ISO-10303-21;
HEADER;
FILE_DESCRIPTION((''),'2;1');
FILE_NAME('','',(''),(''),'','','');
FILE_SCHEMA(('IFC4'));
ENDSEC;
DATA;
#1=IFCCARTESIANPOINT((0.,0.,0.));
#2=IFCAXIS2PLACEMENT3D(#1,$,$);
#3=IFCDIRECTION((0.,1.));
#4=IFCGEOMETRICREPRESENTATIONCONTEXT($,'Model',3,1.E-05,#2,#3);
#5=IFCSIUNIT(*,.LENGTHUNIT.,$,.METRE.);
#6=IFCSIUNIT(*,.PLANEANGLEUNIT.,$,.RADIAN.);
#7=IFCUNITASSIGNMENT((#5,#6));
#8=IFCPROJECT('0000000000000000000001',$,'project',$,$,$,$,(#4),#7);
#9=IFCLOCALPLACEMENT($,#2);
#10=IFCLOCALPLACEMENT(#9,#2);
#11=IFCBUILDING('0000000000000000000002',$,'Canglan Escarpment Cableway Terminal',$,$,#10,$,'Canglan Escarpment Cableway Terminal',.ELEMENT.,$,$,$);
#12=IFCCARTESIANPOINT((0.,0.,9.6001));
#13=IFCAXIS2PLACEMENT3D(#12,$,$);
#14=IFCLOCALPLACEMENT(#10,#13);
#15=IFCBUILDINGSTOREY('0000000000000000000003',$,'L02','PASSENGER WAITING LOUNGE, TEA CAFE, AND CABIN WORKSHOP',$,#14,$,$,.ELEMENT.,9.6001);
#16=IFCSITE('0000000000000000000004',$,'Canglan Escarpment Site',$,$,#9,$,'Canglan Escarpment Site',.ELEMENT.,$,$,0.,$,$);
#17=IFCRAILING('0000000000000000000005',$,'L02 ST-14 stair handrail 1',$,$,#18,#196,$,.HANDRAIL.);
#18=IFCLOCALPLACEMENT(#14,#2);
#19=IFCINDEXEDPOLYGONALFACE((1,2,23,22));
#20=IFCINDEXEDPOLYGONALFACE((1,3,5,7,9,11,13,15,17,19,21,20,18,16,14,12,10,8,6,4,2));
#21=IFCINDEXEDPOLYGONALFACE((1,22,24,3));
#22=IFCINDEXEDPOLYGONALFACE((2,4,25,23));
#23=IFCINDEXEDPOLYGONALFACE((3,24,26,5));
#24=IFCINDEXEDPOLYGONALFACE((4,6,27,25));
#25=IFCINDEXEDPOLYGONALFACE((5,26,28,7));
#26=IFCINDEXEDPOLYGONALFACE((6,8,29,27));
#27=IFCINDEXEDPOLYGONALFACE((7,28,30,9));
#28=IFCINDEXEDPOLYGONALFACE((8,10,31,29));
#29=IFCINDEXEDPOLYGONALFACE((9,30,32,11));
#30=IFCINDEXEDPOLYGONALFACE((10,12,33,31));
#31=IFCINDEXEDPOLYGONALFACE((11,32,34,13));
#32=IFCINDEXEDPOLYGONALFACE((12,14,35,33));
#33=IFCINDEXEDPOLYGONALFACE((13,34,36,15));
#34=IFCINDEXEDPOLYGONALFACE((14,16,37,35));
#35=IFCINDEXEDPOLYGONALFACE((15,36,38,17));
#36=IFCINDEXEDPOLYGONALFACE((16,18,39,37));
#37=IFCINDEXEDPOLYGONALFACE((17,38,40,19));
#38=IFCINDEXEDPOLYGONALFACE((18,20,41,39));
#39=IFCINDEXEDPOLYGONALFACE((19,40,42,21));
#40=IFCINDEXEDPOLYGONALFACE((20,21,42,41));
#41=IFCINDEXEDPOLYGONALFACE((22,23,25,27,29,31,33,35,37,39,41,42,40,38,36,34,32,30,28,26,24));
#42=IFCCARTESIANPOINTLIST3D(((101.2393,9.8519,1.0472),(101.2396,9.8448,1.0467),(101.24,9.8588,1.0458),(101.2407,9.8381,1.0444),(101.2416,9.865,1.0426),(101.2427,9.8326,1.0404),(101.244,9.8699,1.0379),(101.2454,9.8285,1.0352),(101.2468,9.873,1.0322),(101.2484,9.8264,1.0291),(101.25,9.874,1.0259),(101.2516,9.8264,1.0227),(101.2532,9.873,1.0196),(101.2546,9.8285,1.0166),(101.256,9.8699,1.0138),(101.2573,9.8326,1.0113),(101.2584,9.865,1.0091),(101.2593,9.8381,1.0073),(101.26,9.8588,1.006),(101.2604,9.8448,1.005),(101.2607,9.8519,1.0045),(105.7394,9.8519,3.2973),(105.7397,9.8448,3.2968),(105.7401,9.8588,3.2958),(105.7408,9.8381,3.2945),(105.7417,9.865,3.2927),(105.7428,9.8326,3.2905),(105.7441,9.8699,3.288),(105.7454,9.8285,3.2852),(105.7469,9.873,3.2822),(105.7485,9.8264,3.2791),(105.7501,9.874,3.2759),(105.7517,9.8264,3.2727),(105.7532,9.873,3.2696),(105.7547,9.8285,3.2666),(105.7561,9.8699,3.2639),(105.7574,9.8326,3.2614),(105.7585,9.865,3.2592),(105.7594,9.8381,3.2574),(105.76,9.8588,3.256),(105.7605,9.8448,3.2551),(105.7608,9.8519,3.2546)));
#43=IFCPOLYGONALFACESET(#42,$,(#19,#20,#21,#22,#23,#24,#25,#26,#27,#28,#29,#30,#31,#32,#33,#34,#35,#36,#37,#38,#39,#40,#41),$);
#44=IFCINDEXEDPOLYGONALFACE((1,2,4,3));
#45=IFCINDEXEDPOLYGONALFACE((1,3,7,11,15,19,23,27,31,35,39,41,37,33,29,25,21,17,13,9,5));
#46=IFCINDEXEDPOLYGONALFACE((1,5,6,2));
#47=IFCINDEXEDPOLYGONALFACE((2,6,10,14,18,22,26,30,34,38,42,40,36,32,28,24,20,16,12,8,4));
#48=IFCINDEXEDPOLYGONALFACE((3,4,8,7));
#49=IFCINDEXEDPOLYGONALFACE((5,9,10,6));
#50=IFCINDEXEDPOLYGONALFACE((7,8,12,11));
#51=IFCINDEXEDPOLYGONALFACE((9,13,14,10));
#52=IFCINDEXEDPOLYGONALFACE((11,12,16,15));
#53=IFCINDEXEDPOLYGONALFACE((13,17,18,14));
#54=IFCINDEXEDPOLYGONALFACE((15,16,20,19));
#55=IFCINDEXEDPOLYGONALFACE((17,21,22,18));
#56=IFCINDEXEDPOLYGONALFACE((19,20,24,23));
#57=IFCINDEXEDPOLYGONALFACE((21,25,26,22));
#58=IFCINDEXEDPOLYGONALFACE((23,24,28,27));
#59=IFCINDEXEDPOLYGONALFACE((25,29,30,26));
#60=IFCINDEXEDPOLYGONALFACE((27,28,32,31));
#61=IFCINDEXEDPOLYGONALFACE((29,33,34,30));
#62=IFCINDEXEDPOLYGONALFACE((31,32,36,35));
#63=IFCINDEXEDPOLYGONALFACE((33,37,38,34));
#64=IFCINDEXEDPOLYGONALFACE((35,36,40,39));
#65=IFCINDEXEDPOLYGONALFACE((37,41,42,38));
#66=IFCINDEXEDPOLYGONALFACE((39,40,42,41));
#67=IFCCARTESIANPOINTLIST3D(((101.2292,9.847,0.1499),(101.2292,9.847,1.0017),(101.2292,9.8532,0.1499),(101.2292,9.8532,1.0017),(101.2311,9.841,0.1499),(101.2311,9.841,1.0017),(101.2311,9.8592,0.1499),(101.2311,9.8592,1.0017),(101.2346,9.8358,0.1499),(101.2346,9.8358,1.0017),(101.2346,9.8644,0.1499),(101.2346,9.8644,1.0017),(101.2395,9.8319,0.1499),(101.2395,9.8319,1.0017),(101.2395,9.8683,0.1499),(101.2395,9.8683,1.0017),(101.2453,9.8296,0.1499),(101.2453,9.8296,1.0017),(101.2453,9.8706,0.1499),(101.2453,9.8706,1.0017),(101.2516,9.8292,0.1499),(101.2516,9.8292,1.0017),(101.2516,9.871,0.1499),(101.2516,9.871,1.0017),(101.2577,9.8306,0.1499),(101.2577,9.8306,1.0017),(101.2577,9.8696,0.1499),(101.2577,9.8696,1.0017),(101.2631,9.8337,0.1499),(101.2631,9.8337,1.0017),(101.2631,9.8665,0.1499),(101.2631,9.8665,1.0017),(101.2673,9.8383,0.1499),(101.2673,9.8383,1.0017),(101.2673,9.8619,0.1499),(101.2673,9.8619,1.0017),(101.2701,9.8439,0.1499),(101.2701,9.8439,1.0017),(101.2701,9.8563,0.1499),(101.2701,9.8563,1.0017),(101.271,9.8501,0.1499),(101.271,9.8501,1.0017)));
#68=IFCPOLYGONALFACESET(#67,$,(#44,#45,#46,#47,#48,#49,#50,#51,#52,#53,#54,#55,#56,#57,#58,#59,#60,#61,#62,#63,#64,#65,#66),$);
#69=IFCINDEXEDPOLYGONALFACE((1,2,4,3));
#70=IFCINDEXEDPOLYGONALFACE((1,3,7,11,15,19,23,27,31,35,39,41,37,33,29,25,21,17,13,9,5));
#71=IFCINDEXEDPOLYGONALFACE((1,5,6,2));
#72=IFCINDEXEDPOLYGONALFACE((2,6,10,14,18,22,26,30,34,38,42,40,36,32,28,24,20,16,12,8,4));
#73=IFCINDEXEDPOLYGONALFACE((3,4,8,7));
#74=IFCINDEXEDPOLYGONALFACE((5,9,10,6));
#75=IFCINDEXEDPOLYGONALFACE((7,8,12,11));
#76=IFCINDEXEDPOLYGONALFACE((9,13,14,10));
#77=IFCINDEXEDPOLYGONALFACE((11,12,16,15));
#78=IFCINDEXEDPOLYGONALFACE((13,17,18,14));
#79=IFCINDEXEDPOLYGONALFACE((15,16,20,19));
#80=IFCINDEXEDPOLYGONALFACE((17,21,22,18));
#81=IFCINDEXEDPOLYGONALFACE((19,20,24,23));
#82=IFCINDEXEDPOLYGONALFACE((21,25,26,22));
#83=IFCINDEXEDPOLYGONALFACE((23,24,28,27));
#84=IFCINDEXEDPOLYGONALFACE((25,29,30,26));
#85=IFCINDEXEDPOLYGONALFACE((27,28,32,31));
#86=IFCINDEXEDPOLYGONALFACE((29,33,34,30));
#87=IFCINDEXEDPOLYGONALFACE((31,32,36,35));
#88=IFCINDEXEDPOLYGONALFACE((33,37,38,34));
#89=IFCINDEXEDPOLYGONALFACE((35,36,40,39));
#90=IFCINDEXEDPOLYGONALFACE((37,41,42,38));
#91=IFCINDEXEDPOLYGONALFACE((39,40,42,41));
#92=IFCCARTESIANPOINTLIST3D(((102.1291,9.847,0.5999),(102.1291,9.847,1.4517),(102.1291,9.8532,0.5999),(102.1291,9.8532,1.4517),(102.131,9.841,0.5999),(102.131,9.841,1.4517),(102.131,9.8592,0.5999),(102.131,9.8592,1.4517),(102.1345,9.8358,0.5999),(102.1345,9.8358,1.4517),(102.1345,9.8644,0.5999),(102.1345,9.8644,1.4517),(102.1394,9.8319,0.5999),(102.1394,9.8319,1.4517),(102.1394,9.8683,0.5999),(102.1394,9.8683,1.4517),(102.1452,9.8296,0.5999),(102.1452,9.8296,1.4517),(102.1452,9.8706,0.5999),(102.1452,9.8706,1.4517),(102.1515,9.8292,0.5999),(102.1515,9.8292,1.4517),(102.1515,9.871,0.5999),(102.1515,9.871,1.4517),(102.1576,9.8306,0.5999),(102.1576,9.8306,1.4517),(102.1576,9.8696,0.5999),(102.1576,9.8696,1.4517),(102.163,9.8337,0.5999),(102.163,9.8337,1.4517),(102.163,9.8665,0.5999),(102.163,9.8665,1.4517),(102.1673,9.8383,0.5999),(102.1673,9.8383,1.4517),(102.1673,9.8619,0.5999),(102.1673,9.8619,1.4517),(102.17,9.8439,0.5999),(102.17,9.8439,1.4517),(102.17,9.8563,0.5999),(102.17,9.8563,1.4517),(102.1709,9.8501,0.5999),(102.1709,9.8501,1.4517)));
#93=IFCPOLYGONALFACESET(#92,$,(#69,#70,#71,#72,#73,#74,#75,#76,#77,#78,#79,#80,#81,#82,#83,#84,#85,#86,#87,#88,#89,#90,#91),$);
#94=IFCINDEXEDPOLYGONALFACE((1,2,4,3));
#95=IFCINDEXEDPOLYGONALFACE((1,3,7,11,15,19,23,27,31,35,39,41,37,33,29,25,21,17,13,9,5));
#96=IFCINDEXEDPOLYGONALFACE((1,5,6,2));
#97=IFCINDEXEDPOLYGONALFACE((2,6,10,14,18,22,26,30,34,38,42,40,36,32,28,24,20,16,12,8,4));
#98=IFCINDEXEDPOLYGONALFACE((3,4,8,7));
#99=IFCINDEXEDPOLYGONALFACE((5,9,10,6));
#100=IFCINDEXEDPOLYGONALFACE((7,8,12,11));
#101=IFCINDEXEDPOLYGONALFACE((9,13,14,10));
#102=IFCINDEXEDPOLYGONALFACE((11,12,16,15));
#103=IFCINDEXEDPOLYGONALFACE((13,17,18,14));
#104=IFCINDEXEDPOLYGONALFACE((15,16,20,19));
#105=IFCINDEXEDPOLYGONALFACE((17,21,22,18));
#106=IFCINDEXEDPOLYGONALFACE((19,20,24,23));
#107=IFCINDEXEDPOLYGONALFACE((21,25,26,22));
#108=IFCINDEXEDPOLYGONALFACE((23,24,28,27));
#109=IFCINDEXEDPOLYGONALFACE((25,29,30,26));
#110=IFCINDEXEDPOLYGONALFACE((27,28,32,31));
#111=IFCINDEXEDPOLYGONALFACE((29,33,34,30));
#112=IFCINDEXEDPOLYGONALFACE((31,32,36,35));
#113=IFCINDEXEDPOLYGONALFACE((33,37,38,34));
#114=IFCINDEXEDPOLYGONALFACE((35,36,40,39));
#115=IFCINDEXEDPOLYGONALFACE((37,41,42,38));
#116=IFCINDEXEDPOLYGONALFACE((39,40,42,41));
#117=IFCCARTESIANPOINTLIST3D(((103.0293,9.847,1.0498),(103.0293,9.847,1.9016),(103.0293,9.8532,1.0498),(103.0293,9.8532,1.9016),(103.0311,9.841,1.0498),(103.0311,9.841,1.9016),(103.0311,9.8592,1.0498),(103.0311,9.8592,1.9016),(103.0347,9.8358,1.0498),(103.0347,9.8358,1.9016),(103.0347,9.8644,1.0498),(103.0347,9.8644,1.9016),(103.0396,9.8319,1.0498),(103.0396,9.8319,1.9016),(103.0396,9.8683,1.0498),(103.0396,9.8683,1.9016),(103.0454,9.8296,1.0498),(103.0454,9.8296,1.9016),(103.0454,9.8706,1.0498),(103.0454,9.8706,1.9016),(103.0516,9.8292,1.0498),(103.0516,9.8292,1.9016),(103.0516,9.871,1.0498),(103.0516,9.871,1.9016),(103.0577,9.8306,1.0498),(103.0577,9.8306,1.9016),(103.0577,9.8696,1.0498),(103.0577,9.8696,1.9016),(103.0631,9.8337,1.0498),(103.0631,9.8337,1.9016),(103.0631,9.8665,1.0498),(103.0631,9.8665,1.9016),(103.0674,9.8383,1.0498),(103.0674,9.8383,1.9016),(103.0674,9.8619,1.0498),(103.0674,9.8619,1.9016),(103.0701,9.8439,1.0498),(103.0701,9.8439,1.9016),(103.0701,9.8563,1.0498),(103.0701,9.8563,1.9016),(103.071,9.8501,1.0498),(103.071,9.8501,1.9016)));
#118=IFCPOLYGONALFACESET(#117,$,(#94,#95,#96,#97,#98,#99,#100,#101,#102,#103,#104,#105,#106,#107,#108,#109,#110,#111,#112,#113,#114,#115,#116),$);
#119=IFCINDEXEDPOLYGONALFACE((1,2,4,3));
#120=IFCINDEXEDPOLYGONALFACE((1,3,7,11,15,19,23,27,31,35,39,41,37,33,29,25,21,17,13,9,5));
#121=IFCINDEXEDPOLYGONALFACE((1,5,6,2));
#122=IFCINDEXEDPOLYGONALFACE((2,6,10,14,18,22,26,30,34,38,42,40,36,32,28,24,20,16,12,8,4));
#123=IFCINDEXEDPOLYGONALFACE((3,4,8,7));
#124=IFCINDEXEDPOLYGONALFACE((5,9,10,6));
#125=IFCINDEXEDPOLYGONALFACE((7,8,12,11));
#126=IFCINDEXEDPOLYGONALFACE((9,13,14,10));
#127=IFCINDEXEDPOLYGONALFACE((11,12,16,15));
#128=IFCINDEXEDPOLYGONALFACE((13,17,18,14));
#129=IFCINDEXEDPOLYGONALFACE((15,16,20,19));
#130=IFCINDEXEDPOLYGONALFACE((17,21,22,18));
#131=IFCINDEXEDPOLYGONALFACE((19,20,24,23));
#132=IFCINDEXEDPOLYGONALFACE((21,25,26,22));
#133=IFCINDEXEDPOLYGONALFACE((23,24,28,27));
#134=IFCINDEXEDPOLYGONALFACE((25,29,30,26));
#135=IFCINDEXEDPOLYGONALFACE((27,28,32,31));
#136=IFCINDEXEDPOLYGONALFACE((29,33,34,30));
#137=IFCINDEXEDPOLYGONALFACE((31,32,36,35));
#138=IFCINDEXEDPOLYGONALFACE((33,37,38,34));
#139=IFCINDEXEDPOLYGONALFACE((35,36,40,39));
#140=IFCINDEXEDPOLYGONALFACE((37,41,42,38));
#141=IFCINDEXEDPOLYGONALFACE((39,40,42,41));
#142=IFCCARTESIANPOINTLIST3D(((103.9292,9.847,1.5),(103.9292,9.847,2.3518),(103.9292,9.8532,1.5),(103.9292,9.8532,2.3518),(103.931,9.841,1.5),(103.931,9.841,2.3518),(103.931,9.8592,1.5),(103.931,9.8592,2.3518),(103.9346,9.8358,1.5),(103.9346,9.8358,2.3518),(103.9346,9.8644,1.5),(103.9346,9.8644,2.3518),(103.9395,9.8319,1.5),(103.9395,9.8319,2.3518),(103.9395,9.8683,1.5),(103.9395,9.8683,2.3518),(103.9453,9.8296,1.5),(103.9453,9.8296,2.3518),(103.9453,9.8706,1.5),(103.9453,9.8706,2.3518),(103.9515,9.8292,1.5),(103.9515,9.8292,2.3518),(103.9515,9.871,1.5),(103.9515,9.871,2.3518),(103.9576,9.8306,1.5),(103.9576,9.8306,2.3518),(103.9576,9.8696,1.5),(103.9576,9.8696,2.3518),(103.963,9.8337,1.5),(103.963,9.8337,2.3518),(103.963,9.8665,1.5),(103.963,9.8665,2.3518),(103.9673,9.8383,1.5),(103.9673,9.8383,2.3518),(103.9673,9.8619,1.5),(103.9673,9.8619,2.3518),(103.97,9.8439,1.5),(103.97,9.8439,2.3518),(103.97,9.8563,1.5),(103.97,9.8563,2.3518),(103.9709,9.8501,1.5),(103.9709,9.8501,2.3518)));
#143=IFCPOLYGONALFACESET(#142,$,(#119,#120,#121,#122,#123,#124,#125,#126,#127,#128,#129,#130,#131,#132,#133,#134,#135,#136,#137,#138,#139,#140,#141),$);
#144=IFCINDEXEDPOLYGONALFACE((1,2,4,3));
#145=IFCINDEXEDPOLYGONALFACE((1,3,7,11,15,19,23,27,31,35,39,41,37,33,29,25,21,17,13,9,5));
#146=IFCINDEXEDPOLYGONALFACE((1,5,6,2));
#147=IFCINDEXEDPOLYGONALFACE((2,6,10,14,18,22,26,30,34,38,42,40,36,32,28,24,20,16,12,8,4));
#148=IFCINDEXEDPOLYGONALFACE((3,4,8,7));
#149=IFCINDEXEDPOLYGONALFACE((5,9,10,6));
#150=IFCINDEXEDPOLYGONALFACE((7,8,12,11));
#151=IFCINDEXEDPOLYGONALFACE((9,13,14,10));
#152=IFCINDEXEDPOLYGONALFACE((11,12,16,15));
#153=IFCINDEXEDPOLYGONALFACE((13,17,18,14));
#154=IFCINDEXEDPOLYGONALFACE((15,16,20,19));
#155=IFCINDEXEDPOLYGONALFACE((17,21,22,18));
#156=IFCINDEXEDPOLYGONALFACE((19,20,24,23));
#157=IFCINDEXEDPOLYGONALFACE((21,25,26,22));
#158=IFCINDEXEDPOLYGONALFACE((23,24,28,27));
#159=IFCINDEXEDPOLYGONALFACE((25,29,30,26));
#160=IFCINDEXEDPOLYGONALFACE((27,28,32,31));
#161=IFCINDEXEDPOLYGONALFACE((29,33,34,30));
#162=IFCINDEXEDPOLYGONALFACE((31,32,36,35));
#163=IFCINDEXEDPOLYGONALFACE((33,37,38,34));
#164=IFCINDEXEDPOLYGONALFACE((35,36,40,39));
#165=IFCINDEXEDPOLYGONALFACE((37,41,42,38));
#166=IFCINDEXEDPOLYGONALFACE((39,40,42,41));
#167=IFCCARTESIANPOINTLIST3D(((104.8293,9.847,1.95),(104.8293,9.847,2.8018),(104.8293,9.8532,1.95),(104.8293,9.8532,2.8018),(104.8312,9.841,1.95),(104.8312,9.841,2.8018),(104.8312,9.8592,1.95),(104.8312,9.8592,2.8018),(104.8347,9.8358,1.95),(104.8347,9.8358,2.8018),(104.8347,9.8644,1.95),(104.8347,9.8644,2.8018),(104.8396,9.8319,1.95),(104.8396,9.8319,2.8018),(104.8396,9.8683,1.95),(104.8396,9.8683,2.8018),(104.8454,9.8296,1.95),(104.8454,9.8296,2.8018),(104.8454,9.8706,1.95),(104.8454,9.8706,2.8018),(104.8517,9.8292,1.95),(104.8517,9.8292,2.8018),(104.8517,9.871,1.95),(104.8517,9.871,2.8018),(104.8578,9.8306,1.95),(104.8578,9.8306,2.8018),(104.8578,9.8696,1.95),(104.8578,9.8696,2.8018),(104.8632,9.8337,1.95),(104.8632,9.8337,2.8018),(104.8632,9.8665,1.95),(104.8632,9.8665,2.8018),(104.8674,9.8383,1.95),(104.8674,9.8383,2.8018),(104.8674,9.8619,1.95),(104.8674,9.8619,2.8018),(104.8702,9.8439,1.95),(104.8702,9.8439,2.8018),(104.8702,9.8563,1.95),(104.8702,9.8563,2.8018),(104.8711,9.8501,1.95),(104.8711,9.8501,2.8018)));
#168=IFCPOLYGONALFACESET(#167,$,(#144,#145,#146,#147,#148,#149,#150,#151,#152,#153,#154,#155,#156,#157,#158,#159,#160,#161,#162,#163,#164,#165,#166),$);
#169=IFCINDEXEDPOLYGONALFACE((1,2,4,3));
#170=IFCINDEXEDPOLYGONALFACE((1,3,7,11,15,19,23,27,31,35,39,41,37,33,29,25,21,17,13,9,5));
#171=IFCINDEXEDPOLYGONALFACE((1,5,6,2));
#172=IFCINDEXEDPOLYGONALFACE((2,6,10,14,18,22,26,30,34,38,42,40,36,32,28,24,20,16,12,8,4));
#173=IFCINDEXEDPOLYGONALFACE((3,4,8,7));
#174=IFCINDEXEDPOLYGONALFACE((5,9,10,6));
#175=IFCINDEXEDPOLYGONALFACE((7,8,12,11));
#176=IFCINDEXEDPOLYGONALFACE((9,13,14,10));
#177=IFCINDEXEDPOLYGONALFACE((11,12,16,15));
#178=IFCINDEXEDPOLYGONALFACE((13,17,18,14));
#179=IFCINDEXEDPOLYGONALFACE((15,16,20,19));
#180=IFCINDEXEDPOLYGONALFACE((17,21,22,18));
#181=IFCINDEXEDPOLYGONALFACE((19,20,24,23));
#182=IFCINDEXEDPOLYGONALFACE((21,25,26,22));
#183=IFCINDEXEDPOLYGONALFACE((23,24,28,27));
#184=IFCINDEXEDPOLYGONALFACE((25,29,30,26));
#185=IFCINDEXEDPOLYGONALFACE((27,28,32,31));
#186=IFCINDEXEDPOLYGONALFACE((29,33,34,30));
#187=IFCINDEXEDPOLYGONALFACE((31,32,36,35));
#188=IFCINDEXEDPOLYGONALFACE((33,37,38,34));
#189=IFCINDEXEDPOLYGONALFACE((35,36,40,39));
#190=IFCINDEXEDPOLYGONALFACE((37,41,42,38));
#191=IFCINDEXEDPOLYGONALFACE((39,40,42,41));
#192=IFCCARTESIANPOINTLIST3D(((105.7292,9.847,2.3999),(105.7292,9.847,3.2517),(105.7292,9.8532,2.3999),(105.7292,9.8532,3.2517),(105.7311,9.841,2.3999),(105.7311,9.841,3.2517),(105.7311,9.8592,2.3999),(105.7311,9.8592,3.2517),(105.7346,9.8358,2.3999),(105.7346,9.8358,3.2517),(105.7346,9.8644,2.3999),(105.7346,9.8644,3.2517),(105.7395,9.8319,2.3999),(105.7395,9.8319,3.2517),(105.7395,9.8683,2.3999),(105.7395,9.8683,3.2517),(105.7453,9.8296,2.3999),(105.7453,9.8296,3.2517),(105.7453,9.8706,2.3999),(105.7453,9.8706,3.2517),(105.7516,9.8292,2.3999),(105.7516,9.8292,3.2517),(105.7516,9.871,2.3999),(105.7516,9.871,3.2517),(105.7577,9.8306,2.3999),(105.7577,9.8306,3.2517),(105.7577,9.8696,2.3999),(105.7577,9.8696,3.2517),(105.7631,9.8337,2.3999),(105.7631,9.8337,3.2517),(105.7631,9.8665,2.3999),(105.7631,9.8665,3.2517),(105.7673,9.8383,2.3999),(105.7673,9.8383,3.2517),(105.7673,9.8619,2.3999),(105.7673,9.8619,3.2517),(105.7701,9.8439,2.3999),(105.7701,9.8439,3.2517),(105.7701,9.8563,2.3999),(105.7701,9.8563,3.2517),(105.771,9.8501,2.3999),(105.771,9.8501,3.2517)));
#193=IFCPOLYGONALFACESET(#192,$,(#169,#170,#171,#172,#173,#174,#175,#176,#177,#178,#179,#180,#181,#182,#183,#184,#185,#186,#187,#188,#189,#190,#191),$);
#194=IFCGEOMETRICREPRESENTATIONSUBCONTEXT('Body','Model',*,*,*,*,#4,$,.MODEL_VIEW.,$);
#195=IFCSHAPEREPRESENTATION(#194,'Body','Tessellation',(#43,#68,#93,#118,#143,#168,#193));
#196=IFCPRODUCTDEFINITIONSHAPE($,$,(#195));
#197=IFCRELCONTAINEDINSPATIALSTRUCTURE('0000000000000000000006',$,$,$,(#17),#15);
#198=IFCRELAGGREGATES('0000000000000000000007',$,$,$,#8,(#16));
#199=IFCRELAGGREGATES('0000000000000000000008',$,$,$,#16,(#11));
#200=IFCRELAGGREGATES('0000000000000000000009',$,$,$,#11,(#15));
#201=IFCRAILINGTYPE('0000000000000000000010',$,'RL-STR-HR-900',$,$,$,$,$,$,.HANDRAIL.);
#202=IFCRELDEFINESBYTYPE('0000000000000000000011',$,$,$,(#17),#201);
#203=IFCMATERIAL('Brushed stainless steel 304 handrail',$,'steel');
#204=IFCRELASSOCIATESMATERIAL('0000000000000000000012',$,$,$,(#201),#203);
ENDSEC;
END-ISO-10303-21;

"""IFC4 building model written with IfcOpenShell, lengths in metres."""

from ifc_helpers import new_model, si_unit, direction, frame, origin, origin_2d, place, context, subcontext, project, spatial, circle, extrude, material, type_object, element, save


model = new_model("IFC4")

# Units and contexts
model_context = context("Model", 3, precision=1e-05, world=origin(), true_north=direction((0.0, 1.0)))
body_context = subcontext(model_context, "Body", "Model", "MODEL_VIEW")
ifc_project = project(units=[si_unit("LENGTHUNIT", "METRE"), si_unit("PLANEANGLEUNIT", "RADIAN")], contexts=[model_context])

# Site, building, storey
site_placement = place(None, origin())
site = spatial("IfcSite", under=ifc_project, at=site_placement, Name="Canglan Escarpment Site", LongName="Canglan Escarpment Site", CompositionType="ELEMENT", RefElevation=0.0)
building_placement = place(site_placement, origin())
building = spatial("IfcBuilding", under=site, at=building_placement, Name="Canglan Escarpment Cableway Terminal", LongName="Canglan Escarpment Cableway Terminal", CompositionType="ELEMENT")
storey_placement = place(building_placement, frame((0.0, 0.0, 9.6001)))
storey = spatial("IfcBuildingStorey", under=building, at=storey_placement, Name="L02", Description="PASSENGER WAITING LOUNGE, TEA CAFE, AND CABIN WORKSHOP", CompositionType="ELEMENT", Elevation=9.6001)

# Railing
ifc_material_1 = material(Name="Brushed stainless steel 304 handrail", Category="steel")
railing_type_1 = type_object("IfcRailingType", Name="RL-STR-HR-900", PredefinedType="HANDRAIL", material=ifc_material_1)
railing_1_placement = place(storey_placement, frame((101.25, 9.8501, 0.1499)))
element("IfcRailing", 1, at=railing_1_placement, inside=storey, type_object=railing_type_1, Name="L02 ST-14 stair handrail 1", PredefinedType="HANDRAIL", context=body_context, shape_type="SweptSolid", body=[
    extrude(circle(Radius=0.0239, at=origin_2d()), frame((0.0, 0.0, 0.876), z_axis=(0.894427, 0.0, 0.447214), x_axis=(0.0, 1.0, 0.0)), (0.0, 0.0, 1.0), 5.0312),
    extrude(circle(Radius=0.021, at=origin_2d()), origin(), (0.0, 0.0, 1.0), 0.8518),
    extrude(circle(Radius=0.021, at=origin_2d()), frame((0.8999, 0.0, 0.45)), (0.0, 0.0, 1.0), 0.8518),
    extrude(circle(Radius=0.021, at=origin_2d()), frame((1.8, 0.0, 0.8999)), (0.0, 0.0, 1.0), 0.8518),
    extrude(circle(Radius=0.021, at=origin_2d()), frame((2.7, 0.0, 1.3501)), (0.0, 0.0, 1.0), 0.8518),
    extrude(circle(Radius=0.021, at=origin_2d()), frame((3.6001, 0.0, 1.8)), (0.0, 0.0, 1.0), 0.8518),
    extrude(circle(Radius=0.021, at=origin_2d()), frame((4.5, 0.0, 2.25)), (0.0, 0.0, 1.0), 0.8518),
])

save(model, "model.ifc")
